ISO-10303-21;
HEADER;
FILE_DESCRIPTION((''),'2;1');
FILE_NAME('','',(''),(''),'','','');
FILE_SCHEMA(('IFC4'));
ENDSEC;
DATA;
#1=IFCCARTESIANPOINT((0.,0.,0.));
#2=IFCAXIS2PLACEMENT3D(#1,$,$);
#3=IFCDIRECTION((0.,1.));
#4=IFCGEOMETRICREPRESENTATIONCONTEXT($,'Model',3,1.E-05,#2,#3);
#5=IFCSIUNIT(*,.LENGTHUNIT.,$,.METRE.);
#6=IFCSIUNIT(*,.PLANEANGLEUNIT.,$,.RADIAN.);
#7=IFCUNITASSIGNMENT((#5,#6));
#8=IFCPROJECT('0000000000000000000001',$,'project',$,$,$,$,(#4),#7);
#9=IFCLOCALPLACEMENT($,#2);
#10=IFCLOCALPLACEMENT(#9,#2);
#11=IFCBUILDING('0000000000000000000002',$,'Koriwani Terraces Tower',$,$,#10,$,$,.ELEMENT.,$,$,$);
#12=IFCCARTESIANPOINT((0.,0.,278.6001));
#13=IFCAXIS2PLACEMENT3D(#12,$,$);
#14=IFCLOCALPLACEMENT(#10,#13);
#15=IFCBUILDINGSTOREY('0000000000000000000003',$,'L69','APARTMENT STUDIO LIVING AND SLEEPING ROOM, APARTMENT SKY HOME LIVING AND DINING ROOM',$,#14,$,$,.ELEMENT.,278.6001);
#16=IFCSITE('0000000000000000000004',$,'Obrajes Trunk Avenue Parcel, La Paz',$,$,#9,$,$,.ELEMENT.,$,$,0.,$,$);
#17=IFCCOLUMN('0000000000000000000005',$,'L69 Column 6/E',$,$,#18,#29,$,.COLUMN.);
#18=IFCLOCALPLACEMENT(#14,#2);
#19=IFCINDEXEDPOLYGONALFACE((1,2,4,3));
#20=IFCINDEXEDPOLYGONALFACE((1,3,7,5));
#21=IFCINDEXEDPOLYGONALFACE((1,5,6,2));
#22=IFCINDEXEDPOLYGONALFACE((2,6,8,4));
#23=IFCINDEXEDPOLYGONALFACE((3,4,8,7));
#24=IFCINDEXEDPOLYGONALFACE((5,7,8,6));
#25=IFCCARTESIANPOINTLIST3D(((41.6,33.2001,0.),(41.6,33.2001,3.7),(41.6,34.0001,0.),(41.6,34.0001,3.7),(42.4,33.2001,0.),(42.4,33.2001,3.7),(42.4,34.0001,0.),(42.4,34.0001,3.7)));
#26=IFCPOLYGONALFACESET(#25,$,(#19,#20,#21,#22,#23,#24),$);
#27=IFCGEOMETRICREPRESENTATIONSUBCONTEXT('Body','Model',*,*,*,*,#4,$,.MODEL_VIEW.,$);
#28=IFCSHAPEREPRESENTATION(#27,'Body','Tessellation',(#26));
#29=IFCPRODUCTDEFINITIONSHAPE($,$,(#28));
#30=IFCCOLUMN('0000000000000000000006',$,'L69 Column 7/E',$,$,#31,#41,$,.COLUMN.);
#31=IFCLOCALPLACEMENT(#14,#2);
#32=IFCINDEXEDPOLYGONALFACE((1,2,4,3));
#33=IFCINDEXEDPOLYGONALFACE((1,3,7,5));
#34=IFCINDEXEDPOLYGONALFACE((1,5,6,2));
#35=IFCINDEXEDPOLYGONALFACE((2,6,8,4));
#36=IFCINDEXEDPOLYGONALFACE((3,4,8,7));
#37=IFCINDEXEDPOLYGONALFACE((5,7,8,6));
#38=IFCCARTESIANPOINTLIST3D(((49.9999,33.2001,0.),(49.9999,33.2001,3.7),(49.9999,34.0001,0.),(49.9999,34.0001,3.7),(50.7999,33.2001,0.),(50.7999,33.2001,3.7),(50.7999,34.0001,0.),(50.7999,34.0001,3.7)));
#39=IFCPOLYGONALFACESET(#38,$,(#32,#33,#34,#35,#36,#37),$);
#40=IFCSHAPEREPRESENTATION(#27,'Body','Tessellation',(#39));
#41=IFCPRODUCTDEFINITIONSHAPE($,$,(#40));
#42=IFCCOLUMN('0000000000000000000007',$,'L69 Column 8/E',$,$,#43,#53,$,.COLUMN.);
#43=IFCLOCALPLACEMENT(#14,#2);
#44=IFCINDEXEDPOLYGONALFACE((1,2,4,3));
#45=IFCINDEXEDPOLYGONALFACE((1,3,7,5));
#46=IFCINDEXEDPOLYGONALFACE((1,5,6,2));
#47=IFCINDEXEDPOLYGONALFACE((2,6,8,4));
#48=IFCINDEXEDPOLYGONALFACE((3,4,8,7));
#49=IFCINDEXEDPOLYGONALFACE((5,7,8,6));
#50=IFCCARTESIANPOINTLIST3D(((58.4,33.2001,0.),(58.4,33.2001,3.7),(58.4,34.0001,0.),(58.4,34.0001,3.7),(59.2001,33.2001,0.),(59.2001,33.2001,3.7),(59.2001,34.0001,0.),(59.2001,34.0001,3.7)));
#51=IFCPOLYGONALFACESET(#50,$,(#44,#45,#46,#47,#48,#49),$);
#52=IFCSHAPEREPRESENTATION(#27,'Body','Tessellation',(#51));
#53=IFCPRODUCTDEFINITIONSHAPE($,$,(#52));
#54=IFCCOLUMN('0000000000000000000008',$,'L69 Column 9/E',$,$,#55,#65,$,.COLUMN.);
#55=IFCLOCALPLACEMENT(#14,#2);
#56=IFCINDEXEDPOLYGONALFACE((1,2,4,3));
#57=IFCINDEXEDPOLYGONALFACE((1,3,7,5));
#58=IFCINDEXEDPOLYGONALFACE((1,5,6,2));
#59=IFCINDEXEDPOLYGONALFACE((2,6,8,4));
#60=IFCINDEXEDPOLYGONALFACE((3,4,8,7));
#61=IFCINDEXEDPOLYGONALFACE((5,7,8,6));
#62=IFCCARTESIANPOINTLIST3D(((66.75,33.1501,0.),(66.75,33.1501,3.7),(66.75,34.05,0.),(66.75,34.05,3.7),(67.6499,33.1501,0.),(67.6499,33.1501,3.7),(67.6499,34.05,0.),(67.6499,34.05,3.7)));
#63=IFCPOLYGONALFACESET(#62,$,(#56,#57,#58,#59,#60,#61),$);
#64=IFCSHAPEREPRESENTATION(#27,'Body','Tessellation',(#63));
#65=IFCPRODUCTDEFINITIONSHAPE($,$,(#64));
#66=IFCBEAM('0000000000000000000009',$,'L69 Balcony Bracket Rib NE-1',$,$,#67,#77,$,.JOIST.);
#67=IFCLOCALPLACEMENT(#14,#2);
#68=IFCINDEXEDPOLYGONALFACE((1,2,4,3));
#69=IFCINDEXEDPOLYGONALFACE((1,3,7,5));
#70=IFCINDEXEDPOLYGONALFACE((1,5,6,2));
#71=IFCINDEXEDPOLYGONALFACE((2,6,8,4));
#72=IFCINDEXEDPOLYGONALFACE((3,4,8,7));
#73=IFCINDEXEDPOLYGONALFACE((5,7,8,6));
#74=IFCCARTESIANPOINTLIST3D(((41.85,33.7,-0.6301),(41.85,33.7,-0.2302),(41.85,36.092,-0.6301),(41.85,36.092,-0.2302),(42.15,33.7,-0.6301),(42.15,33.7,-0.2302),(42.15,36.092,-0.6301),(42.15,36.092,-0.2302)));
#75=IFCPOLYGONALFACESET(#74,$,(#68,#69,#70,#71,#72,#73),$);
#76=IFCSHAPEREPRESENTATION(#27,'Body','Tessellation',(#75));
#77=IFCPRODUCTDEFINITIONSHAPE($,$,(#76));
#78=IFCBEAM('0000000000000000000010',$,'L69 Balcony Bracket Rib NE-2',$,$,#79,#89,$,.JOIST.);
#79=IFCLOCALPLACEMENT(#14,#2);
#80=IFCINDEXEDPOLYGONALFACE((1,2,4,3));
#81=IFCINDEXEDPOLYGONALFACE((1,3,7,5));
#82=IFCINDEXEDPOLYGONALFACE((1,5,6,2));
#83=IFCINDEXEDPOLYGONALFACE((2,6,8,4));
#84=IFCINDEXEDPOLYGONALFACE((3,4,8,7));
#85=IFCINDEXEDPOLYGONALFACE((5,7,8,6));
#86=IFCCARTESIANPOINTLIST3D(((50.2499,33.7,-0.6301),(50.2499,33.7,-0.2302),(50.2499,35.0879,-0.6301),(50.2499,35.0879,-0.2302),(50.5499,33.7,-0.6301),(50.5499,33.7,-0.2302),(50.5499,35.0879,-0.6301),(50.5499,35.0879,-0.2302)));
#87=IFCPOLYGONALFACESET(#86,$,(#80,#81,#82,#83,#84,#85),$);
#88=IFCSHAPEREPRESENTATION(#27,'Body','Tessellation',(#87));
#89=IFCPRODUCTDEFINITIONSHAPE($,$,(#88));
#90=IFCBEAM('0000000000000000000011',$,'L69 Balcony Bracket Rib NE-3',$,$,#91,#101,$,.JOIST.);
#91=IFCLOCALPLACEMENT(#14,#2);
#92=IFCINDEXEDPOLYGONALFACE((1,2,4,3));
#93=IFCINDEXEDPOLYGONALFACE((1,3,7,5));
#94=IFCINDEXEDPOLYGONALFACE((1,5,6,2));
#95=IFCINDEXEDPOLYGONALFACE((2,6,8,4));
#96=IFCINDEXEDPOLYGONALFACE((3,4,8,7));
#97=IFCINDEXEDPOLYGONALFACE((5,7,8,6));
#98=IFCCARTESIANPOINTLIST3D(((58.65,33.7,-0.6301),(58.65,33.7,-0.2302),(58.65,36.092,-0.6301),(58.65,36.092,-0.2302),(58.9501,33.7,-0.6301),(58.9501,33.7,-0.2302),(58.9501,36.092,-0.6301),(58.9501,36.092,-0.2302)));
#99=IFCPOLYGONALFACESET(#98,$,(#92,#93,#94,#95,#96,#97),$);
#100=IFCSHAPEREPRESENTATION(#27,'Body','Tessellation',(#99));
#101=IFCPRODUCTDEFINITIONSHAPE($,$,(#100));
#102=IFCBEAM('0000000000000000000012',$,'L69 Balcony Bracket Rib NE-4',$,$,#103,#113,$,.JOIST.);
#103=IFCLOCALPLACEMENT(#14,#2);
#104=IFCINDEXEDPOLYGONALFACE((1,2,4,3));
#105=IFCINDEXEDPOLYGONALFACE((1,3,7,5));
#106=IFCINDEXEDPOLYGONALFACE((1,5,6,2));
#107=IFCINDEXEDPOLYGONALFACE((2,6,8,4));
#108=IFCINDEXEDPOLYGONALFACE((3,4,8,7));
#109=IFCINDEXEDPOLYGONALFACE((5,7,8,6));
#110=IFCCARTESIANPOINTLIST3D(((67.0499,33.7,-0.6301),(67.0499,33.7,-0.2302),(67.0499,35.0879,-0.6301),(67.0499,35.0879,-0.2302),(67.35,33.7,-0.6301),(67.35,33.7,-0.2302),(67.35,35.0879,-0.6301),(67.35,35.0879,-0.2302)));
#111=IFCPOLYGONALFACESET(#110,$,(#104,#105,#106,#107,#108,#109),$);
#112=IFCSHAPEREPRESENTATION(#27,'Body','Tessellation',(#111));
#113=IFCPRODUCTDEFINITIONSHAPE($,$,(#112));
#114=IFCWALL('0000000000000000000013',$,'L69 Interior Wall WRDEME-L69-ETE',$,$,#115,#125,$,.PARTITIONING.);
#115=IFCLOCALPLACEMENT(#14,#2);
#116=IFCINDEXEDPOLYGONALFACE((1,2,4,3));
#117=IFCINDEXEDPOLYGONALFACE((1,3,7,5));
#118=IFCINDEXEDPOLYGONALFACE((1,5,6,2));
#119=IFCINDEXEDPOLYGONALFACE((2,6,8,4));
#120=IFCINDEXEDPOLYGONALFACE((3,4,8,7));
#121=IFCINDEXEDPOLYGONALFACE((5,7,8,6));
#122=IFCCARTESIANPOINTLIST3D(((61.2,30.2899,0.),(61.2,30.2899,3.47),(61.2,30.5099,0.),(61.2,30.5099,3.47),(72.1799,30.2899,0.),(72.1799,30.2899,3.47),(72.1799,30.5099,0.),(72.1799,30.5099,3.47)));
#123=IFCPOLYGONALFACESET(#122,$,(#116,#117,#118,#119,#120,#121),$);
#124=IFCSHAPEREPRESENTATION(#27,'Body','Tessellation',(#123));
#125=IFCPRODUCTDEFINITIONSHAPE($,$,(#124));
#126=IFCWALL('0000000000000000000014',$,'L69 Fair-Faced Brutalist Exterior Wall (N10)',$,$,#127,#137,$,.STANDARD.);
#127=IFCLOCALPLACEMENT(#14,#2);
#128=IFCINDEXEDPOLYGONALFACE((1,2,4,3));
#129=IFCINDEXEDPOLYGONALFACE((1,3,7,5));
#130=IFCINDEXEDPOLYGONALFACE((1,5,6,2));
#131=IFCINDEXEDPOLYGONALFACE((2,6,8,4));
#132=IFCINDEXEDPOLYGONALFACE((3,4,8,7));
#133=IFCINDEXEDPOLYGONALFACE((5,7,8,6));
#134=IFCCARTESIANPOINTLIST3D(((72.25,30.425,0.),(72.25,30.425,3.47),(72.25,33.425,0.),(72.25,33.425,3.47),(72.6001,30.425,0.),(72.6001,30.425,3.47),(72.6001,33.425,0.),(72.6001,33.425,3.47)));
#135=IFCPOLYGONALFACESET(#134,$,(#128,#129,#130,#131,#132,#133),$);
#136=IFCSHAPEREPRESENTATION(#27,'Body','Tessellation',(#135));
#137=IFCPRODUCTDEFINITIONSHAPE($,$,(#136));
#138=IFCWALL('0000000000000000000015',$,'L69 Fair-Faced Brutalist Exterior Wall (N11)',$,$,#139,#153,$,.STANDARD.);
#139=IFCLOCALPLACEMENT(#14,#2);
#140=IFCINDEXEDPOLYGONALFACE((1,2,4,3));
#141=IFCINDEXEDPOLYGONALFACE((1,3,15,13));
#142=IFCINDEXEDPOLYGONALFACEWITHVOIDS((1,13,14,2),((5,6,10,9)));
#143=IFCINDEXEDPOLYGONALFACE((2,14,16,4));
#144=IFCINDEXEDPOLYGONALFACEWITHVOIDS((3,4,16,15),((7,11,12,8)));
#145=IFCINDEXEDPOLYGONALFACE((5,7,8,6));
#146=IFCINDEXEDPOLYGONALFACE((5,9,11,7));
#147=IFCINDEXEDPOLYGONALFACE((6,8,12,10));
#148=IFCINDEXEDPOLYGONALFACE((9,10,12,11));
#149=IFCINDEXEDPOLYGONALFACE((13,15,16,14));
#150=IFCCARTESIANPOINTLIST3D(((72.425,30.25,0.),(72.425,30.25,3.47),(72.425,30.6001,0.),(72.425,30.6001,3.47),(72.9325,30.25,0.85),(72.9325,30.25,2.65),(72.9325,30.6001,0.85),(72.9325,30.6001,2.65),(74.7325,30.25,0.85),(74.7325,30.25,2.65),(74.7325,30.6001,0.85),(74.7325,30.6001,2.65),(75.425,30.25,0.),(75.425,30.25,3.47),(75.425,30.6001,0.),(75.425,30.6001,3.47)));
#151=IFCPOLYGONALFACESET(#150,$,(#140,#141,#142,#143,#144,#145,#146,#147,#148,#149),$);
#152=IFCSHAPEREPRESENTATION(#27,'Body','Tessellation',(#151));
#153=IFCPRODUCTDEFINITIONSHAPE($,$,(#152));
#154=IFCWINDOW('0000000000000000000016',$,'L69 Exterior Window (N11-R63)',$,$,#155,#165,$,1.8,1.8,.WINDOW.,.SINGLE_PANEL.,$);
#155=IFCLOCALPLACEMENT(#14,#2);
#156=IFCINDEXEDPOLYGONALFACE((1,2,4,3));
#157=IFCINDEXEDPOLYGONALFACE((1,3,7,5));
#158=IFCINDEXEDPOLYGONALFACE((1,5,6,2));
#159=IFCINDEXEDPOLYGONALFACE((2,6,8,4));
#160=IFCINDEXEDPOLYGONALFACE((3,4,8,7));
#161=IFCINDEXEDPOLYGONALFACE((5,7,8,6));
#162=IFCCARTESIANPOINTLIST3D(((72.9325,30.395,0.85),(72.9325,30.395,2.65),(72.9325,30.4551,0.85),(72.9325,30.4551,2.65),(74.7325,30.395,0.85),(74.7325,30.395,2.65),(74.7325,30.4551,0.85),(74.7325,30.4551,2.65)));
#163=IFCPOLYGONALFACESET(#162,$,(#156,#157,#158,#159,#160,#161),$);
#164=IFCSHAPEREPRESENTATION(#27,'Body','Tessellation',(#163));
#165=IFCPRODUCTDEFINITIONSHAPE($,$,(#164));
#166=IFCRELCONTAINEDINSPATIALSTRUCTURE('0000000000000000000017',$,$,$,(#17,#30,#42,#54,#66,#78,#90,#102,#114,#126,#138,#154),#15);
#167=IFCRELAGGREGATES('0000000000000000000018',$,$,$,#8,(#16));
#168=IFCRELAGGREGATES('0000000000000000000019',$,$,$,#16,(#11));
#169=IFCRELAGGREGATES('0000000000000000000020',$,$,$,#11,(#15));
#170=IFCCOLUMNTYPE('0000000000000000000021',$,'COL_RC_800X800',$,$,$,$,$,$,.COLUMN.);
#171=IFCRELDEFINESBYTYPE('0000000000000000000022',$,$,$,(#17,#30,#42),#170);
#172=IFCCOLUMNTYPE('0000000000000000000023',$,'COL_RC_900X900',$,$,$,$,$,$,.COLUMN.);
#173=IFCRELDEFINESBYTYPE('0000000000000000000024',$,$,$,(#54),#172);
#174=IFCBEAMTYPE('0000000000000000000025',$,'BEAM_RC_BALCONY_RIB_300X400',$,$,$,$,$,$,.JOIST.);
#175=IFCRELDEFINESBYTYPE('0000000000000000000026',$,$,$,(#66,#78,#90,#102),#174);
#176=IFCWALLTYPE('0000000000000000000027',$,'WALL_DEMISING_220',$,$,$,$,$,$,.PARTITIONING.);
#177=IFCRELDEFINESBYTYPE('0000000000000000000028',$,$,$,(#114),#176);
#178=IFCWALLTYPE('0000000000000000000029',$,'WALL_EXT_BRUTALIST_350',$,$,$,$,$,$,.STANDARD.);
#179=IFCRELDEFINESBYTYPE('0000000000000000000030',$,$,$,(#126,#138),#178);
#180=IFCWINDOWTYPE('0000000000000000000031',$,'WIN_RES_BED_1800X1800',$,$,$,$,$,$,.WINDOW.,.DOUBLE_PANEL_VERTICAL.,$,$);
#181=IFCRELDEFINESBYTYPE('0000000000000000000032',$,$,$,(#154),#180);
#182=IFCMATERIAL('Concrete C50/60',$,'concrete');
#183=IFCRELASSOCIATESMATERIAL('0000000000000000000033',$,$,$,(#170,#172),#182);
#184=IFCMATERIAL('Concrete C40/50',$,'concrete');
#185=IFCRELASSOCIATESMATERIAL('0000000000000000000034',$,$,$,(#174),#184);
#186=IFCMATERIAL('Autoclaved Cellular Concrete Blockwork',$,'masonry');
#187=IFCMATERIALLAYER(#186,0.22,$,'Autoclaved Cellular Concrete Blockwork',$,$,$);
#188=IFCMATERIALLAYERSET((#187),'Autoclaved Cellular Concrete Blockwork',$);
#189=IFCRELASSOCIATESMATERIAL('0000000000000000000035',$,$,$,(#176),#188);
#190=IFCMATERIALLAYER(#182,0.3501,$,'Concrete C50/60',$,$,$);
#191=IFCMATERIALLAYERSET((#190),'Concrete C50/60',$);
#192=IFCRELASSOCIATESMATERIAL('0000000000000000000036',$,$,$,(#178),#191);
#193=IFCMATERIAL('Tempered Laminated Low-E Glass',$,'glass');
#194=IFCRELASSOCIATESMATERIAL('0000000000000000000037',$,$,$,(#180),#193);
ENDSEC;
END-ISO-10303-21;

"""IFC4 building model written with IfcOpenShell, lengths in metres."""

from ifc_helpers import new_model, si_unit, direction, frame, frame_2d, origin, origin_2d, place, context, subcontext, project, spatial, rectangle, extrude, material, layer, layer_set, material_profile, profile_set, type_object, element, fill, save


model = new_model("IFC4")

# Units and contexts
model_context = context("Model", 3, precision=1e-05, world=origin(), true_north=direction((0.0, 1.0)))
body_context = subcontext(model_context, "Body", "Model", "MODEL_VIEW")
ifc_project = project(units=[si_unit("LENGTHUNIT", "METRE"), si_unit("PLANEANGLEUNIT", "RADIAN")], contexts=[model_context])

# Site, building, storey
site_placement = place(None, origin())
site = spatial("IfcSite", under=ifc_project, at=site_placement, Name="Obrajes Trunk Avenue Parcel, La Paz", CompositionType="ELEMENT", RefElevation=0.0)
building_placement = place(site_placement, origin())
building = spatial("IfcBuilding", under=site, at=building_placement, Name="Koriwani Terraces Tower", CompositionType="ELEMENT")
storey_placement = place(building_placement, frame((0.0, 0.0, 278.6001)))
storey = spatial("IfcBuildingStorey", under=building, at=storey_placement, Name="L69", Description="APARTMENT STUDIO LIVING AND SLEEPING ROOM, APARTMENT SKY HOME LIVING AND DINING ROOM", CompositionType="ELEMENT", Elevation=278.6001)

# Columns
ifc_material_1 = material(Name="Concrete C50/60", Category="concrete")
ifc_material_profile_1 = material_profile(ifc_material_1, rectangle(XDim=0.8, YDim=0.8, at=origin_2d()), Name="Concrete C50/60", Category="LoadBearing")
ifc_profile_set_1 = profile_set([ifc_material_profile_1], Name="Concrete C50/60")
column_type_1 = type_object("IfcColumnType", Name="COL_RC_800X800", PredefinedType="COLUMN", material=ifc_profile_set_1)
for number, where, z_axis, x_axis, name in (
    (1, (42.0, 33.6001, 0.0), (0.0, 0.0, 1.0), (1.0, 0.0, 0.0), "L69 Column 6/E"),
    (2, (50.3999, 33.6001, 0.0), (0.0, 0.0, 1.0), (1.0, 0.0, 0.0), "L69 Column 7/E"),
    (3, (58.8, 33.6001, 0.0), (0.0, 0.0, 1.0), (1.0, 0.0, 0.0), "L69 Column 8/E"),
):
    element("IfcColumn", number, at=place(storey_placement, frame(where, z_axis=z_axis, x_axis=x_axis)), inside=storey, type_object=column_type_1, Name=name, PredefinedType="COLUMN", context=body_context, shape_type="SweptSolid", body=[
        extrude(rectangle(XDim=0.8, YDim=0.8, at=origin_2d()), origin(), (0.0, 0.0, 1.0), 3.7),
    ])
ifc_material_profile_2 = material_profile(ifc_material_1, rectangle(XDim=0.8999, YDim=0.8999, at=origin_2d()), Name="Concrete C50/60", Category="LoadBearing")
ifc_profile_set_2 = profile_set([ifc_material_profile_2], Name="Concrete C50/60")
column_type_2 = type_object("IfcColumnType", Name="COL_RC_900X900", PredefinedType="COLUMN", material=ifc_profile_set_2)
column_placement = place(storey_placement, frame((67.2, 33.6001, 0.0), z_axis=(0.0, 0.0, 1.0), x_axis=(1.0, 0.0, 0.0)))
element("IfcColumn", 4, at=column_placement, inside=storey, type_object=column_type_2, Name="L69 Column 9/E", PredefinedType="COLUMN", context=body_context, shape_type="SweptSolid", body=[
    extrude(rectangle(XDim=0.8999, YDim=0.8999, at=origin_2d()), origin(), (0.0, 0.0, 1.0), 3.7),
])

# Beams
ifc_material_2 = material(Name="Concrete C40/50", Category="concrete")
ifc_material_profile_3 = material_profile(ifc_material_2, rectangle(XDim=0.3, YDim=0.3999, at=origin_2d()), Name="Concrete C40/50", Category="LoadBearing")
ifc_profile_set_3 = profile_set([ifc_material_profile_3], Name="Concrete C40/50")
beam_type = type_object("IfcBeamType", Name="BEAM_RC_BALCONY_RIB_300X400", PredefinedType="JOIST", material=ifc_profile_set_3)
beam_1_placement = place(storey_placement, frame((42.0, 33.7, -0.4302), z_axis=(0.0, 1.0, 0.0), x_axis=(-1.0, 0.0, 0.0)))
element("IfcBeam", 5, at=beam_1_placement, inside=storey, type_object=beam_type, Name="L69 Balcony Bracket Rib NE-1", PredefinedType="JOIST", context=body_context, shape_type="SweptSolid", body=[
    extrude(rectangle(XDim=0.3, YDim=0.3999, at=origin_2d()), origin(), (0.0, 0.0, 1.0), 2.3921),
])
beam_2_placement = place(storey_placement, frame((50.3999, 33.7, -0.4302), z_axis=(0.0, 1.0, 0.0), x_axis=(-1.0, 0.0, 0.0)))
element("IfcBeam", 6, at=beam_2_placement, inside=storey, type_object=beam_type, Name="L69 Balcony Bracket Rib NE-2", PredefinedType="JOIST", context=body_context, shape_type="SweptSolid", body=[
    extrude(rectangle(XDim=0.3, YDim=0.3999, at=origin_2d()), origin(), (0.0, 0.0, 1.0), 1.3879),
])
beam_3_placement = place(storey_placement, frame((58.8, 33.7, -0.4302), z_axis=(0.0, 1.0, 0.0), x_axis=(-1.0, 0.0, 0.0)))
element("IfcBeam", 7, at=beam_3_placement, inside=storey, type_object=beam_type, Name="L69 Balcony Bracket Rib NE-3", PredefinedType="JOIST", context=body_context, shape_type="SweptSolid", body=[
    extrude(rectangle(XDim=0.3, YDim=0.3999, at=origin_2d()), origin(), (0.0, 0.0, 1.0), 2.3921),
])
beam_4_placement = place(storey_placement, frame((67.2, 33.7, -0.4302), z_axis=(0.0, 1.0, 0.0), x_axis=(-1.0, 0.0, 0.0)))
element("IfcBeam", 8, at=beam_4_placement, inside=storey, type_object=beam_type, Name="L69 Balcony Bracket Rib NE-4", PredefinedType="JOIST", context=body_context, shape_type="SweptSolid", body=[
    extrude(rectangle(XDim=0.3, YDim=0.3999, at=origin_2d()), origin(), (0.0, 0.0, 1.0), 1.3879),
])

# Walls
ifc_material_3 = material(Name="Autoclaved Cellular Concrete Blockwork", Category="masonry")
ifc_layer_1 = layer(ifc_material_3, 0.22, Name="Autoclaved Cellular Concrete Blockwork")
ifc_layer_set_1 = layer_set([ifc_layer_1], Name="Autoclaved Cellular Concrete Blockwork")
wall_type_1 = type_object("IfcWallType", Name="WALL_DEMISING_220", PredefinedType="PARTITIONING", material=ifc_layer_set_1)
wall_1_placement = place(storey_placement, frame((61.2, 30.3999, 0.0), z_axis=(0.0, 0.0, 1.0), x_axis=(1.0, 0.0, 0.0)))
element("IfcWall", 9, at=wall_1_placement, inside=storey, type_object=wall_type_1, Name="L69 Interior Wall WRDEME-L69-ETE", PredefinedType="PARTITIONING", context=body_context, shape_type="SweptSolid", body=[
    extrude(rectangle(XDim=10.98, YDim=0.22, at=frame_2d((5.49, 0.0))), origin(), (0.0, 0.0, 1.0), 3.47),
])
ifc_layer_2 = layer(ifc_material_1, 0.3501, Name="Concrete C50/60")
ifc_layer_set_2 = layer_set([ifc_layer_2], Name="Concrete C50/60")
wall_type_2 = type_object("IfcWallType", Name="WALL_EXT_BRUTALIST_350", PredefinedType="STANDARD", material=ifc_layer_set_2)
wall_2_placement = place(storey_placement, frame((72.425, 33.425, 0.0), z_axis=(0.0, 0.0, 1.0), x_axis=(0.0, -1.0, 0.0)))
element("IfcWall", 10, at=wall_2_placement, inside=storey, type_object=wall_type_2, Name="L69 Fair-Faced Brutalist Exterior Wall (N10)", PredefinedType="STANDARD", context=body_context, shape_type="SweptSolid", body=[
    extrude(rectangle(XDim=3.0, YDim=0.3501, at=frame_2d((1.5, 0.0))), origin(), (0.0, 0.0, 1.0), 3.47),
])

# Wall, opening, window
wall_3_placement = place(storey_placement, frame((72.425, 30.425, 0.0), z_axis=(0.0, 0.0, 1.0), x_axis=(1.0, 0.0, 0.0)))
wall_3 = element("IfcWall", 11, at=wall_3_placement, inside=storey, type_object=wall_type_2, Name="L69 Fair-Faced Brutalist Exterior Wall (N11)", PredefinedType="STANDARD", context=body_context, shape_type="SweptSolid", body=[
    extrude(rectangle(XDim=3.0, YDim=0.3501, at=frame_2d((1.5, 0.0))), origin(), (0.0, 0.0, 1.0), 3.47),
])
opening_1_placement = place(wall_3_placement, frame((0.5076, 0.0, 0.8501)))
opening_1 = element("IfcOpeningElement", 12, at=opening_1_placement, cuts=wall_3, PredefinedType="OPENING", context=body_context, shape_type="SweptSolid", body=[
    extrude(rectangle(XDim=1.8, YDim=1.8, at=frame_2d((0.8999, 0.8999))), frame((0.0, 0.1851, 0.0), z_axis=(0.0, -1.0, 0.0), x_axis=(1.0, 0.0, 0.0)), (0.0, 0.0, 1.0), 0.3701),
])
ifc_material_4 = material(Name="Tempered Laminated Low-E Glass", Category="glass")
window_type = type_object("IfcWindowType", Name="WIN_RES_BED_1800X1800", PartitioningType="DOUBLE_PANEL_VERTICAL", PredefinedType="WINDOW", material=ifc_material_4)
window_1_placement = place(opening_1_placement, origin())
window_1 = element("IfcWindow", 13, at=window_1_placement, inside=storey, type_object=window_type, Name="L69 Exterior Window (N11-R63)", OverallHeight=1.8, OverallWidth=1.8, PartitioningType="SINGLE_PANEL", PredefinedType="WINDOW", context=body_context, shape_type="SweptSolid", body=[
    extrude(rectangle(XDim=1.8, YDim=1.8, at=frame_2d((0.8999, 0.8999))), frame((0.0, 0.03, 0.0), z_axis=(0.0, -1.0, 0.0), x_axis=(1.0, 0.0, 0.0)), (0.0, 0.0, 1.0), 0.0601),
])
fill(opening_1, window_1)

save(model, "model.ifc")
